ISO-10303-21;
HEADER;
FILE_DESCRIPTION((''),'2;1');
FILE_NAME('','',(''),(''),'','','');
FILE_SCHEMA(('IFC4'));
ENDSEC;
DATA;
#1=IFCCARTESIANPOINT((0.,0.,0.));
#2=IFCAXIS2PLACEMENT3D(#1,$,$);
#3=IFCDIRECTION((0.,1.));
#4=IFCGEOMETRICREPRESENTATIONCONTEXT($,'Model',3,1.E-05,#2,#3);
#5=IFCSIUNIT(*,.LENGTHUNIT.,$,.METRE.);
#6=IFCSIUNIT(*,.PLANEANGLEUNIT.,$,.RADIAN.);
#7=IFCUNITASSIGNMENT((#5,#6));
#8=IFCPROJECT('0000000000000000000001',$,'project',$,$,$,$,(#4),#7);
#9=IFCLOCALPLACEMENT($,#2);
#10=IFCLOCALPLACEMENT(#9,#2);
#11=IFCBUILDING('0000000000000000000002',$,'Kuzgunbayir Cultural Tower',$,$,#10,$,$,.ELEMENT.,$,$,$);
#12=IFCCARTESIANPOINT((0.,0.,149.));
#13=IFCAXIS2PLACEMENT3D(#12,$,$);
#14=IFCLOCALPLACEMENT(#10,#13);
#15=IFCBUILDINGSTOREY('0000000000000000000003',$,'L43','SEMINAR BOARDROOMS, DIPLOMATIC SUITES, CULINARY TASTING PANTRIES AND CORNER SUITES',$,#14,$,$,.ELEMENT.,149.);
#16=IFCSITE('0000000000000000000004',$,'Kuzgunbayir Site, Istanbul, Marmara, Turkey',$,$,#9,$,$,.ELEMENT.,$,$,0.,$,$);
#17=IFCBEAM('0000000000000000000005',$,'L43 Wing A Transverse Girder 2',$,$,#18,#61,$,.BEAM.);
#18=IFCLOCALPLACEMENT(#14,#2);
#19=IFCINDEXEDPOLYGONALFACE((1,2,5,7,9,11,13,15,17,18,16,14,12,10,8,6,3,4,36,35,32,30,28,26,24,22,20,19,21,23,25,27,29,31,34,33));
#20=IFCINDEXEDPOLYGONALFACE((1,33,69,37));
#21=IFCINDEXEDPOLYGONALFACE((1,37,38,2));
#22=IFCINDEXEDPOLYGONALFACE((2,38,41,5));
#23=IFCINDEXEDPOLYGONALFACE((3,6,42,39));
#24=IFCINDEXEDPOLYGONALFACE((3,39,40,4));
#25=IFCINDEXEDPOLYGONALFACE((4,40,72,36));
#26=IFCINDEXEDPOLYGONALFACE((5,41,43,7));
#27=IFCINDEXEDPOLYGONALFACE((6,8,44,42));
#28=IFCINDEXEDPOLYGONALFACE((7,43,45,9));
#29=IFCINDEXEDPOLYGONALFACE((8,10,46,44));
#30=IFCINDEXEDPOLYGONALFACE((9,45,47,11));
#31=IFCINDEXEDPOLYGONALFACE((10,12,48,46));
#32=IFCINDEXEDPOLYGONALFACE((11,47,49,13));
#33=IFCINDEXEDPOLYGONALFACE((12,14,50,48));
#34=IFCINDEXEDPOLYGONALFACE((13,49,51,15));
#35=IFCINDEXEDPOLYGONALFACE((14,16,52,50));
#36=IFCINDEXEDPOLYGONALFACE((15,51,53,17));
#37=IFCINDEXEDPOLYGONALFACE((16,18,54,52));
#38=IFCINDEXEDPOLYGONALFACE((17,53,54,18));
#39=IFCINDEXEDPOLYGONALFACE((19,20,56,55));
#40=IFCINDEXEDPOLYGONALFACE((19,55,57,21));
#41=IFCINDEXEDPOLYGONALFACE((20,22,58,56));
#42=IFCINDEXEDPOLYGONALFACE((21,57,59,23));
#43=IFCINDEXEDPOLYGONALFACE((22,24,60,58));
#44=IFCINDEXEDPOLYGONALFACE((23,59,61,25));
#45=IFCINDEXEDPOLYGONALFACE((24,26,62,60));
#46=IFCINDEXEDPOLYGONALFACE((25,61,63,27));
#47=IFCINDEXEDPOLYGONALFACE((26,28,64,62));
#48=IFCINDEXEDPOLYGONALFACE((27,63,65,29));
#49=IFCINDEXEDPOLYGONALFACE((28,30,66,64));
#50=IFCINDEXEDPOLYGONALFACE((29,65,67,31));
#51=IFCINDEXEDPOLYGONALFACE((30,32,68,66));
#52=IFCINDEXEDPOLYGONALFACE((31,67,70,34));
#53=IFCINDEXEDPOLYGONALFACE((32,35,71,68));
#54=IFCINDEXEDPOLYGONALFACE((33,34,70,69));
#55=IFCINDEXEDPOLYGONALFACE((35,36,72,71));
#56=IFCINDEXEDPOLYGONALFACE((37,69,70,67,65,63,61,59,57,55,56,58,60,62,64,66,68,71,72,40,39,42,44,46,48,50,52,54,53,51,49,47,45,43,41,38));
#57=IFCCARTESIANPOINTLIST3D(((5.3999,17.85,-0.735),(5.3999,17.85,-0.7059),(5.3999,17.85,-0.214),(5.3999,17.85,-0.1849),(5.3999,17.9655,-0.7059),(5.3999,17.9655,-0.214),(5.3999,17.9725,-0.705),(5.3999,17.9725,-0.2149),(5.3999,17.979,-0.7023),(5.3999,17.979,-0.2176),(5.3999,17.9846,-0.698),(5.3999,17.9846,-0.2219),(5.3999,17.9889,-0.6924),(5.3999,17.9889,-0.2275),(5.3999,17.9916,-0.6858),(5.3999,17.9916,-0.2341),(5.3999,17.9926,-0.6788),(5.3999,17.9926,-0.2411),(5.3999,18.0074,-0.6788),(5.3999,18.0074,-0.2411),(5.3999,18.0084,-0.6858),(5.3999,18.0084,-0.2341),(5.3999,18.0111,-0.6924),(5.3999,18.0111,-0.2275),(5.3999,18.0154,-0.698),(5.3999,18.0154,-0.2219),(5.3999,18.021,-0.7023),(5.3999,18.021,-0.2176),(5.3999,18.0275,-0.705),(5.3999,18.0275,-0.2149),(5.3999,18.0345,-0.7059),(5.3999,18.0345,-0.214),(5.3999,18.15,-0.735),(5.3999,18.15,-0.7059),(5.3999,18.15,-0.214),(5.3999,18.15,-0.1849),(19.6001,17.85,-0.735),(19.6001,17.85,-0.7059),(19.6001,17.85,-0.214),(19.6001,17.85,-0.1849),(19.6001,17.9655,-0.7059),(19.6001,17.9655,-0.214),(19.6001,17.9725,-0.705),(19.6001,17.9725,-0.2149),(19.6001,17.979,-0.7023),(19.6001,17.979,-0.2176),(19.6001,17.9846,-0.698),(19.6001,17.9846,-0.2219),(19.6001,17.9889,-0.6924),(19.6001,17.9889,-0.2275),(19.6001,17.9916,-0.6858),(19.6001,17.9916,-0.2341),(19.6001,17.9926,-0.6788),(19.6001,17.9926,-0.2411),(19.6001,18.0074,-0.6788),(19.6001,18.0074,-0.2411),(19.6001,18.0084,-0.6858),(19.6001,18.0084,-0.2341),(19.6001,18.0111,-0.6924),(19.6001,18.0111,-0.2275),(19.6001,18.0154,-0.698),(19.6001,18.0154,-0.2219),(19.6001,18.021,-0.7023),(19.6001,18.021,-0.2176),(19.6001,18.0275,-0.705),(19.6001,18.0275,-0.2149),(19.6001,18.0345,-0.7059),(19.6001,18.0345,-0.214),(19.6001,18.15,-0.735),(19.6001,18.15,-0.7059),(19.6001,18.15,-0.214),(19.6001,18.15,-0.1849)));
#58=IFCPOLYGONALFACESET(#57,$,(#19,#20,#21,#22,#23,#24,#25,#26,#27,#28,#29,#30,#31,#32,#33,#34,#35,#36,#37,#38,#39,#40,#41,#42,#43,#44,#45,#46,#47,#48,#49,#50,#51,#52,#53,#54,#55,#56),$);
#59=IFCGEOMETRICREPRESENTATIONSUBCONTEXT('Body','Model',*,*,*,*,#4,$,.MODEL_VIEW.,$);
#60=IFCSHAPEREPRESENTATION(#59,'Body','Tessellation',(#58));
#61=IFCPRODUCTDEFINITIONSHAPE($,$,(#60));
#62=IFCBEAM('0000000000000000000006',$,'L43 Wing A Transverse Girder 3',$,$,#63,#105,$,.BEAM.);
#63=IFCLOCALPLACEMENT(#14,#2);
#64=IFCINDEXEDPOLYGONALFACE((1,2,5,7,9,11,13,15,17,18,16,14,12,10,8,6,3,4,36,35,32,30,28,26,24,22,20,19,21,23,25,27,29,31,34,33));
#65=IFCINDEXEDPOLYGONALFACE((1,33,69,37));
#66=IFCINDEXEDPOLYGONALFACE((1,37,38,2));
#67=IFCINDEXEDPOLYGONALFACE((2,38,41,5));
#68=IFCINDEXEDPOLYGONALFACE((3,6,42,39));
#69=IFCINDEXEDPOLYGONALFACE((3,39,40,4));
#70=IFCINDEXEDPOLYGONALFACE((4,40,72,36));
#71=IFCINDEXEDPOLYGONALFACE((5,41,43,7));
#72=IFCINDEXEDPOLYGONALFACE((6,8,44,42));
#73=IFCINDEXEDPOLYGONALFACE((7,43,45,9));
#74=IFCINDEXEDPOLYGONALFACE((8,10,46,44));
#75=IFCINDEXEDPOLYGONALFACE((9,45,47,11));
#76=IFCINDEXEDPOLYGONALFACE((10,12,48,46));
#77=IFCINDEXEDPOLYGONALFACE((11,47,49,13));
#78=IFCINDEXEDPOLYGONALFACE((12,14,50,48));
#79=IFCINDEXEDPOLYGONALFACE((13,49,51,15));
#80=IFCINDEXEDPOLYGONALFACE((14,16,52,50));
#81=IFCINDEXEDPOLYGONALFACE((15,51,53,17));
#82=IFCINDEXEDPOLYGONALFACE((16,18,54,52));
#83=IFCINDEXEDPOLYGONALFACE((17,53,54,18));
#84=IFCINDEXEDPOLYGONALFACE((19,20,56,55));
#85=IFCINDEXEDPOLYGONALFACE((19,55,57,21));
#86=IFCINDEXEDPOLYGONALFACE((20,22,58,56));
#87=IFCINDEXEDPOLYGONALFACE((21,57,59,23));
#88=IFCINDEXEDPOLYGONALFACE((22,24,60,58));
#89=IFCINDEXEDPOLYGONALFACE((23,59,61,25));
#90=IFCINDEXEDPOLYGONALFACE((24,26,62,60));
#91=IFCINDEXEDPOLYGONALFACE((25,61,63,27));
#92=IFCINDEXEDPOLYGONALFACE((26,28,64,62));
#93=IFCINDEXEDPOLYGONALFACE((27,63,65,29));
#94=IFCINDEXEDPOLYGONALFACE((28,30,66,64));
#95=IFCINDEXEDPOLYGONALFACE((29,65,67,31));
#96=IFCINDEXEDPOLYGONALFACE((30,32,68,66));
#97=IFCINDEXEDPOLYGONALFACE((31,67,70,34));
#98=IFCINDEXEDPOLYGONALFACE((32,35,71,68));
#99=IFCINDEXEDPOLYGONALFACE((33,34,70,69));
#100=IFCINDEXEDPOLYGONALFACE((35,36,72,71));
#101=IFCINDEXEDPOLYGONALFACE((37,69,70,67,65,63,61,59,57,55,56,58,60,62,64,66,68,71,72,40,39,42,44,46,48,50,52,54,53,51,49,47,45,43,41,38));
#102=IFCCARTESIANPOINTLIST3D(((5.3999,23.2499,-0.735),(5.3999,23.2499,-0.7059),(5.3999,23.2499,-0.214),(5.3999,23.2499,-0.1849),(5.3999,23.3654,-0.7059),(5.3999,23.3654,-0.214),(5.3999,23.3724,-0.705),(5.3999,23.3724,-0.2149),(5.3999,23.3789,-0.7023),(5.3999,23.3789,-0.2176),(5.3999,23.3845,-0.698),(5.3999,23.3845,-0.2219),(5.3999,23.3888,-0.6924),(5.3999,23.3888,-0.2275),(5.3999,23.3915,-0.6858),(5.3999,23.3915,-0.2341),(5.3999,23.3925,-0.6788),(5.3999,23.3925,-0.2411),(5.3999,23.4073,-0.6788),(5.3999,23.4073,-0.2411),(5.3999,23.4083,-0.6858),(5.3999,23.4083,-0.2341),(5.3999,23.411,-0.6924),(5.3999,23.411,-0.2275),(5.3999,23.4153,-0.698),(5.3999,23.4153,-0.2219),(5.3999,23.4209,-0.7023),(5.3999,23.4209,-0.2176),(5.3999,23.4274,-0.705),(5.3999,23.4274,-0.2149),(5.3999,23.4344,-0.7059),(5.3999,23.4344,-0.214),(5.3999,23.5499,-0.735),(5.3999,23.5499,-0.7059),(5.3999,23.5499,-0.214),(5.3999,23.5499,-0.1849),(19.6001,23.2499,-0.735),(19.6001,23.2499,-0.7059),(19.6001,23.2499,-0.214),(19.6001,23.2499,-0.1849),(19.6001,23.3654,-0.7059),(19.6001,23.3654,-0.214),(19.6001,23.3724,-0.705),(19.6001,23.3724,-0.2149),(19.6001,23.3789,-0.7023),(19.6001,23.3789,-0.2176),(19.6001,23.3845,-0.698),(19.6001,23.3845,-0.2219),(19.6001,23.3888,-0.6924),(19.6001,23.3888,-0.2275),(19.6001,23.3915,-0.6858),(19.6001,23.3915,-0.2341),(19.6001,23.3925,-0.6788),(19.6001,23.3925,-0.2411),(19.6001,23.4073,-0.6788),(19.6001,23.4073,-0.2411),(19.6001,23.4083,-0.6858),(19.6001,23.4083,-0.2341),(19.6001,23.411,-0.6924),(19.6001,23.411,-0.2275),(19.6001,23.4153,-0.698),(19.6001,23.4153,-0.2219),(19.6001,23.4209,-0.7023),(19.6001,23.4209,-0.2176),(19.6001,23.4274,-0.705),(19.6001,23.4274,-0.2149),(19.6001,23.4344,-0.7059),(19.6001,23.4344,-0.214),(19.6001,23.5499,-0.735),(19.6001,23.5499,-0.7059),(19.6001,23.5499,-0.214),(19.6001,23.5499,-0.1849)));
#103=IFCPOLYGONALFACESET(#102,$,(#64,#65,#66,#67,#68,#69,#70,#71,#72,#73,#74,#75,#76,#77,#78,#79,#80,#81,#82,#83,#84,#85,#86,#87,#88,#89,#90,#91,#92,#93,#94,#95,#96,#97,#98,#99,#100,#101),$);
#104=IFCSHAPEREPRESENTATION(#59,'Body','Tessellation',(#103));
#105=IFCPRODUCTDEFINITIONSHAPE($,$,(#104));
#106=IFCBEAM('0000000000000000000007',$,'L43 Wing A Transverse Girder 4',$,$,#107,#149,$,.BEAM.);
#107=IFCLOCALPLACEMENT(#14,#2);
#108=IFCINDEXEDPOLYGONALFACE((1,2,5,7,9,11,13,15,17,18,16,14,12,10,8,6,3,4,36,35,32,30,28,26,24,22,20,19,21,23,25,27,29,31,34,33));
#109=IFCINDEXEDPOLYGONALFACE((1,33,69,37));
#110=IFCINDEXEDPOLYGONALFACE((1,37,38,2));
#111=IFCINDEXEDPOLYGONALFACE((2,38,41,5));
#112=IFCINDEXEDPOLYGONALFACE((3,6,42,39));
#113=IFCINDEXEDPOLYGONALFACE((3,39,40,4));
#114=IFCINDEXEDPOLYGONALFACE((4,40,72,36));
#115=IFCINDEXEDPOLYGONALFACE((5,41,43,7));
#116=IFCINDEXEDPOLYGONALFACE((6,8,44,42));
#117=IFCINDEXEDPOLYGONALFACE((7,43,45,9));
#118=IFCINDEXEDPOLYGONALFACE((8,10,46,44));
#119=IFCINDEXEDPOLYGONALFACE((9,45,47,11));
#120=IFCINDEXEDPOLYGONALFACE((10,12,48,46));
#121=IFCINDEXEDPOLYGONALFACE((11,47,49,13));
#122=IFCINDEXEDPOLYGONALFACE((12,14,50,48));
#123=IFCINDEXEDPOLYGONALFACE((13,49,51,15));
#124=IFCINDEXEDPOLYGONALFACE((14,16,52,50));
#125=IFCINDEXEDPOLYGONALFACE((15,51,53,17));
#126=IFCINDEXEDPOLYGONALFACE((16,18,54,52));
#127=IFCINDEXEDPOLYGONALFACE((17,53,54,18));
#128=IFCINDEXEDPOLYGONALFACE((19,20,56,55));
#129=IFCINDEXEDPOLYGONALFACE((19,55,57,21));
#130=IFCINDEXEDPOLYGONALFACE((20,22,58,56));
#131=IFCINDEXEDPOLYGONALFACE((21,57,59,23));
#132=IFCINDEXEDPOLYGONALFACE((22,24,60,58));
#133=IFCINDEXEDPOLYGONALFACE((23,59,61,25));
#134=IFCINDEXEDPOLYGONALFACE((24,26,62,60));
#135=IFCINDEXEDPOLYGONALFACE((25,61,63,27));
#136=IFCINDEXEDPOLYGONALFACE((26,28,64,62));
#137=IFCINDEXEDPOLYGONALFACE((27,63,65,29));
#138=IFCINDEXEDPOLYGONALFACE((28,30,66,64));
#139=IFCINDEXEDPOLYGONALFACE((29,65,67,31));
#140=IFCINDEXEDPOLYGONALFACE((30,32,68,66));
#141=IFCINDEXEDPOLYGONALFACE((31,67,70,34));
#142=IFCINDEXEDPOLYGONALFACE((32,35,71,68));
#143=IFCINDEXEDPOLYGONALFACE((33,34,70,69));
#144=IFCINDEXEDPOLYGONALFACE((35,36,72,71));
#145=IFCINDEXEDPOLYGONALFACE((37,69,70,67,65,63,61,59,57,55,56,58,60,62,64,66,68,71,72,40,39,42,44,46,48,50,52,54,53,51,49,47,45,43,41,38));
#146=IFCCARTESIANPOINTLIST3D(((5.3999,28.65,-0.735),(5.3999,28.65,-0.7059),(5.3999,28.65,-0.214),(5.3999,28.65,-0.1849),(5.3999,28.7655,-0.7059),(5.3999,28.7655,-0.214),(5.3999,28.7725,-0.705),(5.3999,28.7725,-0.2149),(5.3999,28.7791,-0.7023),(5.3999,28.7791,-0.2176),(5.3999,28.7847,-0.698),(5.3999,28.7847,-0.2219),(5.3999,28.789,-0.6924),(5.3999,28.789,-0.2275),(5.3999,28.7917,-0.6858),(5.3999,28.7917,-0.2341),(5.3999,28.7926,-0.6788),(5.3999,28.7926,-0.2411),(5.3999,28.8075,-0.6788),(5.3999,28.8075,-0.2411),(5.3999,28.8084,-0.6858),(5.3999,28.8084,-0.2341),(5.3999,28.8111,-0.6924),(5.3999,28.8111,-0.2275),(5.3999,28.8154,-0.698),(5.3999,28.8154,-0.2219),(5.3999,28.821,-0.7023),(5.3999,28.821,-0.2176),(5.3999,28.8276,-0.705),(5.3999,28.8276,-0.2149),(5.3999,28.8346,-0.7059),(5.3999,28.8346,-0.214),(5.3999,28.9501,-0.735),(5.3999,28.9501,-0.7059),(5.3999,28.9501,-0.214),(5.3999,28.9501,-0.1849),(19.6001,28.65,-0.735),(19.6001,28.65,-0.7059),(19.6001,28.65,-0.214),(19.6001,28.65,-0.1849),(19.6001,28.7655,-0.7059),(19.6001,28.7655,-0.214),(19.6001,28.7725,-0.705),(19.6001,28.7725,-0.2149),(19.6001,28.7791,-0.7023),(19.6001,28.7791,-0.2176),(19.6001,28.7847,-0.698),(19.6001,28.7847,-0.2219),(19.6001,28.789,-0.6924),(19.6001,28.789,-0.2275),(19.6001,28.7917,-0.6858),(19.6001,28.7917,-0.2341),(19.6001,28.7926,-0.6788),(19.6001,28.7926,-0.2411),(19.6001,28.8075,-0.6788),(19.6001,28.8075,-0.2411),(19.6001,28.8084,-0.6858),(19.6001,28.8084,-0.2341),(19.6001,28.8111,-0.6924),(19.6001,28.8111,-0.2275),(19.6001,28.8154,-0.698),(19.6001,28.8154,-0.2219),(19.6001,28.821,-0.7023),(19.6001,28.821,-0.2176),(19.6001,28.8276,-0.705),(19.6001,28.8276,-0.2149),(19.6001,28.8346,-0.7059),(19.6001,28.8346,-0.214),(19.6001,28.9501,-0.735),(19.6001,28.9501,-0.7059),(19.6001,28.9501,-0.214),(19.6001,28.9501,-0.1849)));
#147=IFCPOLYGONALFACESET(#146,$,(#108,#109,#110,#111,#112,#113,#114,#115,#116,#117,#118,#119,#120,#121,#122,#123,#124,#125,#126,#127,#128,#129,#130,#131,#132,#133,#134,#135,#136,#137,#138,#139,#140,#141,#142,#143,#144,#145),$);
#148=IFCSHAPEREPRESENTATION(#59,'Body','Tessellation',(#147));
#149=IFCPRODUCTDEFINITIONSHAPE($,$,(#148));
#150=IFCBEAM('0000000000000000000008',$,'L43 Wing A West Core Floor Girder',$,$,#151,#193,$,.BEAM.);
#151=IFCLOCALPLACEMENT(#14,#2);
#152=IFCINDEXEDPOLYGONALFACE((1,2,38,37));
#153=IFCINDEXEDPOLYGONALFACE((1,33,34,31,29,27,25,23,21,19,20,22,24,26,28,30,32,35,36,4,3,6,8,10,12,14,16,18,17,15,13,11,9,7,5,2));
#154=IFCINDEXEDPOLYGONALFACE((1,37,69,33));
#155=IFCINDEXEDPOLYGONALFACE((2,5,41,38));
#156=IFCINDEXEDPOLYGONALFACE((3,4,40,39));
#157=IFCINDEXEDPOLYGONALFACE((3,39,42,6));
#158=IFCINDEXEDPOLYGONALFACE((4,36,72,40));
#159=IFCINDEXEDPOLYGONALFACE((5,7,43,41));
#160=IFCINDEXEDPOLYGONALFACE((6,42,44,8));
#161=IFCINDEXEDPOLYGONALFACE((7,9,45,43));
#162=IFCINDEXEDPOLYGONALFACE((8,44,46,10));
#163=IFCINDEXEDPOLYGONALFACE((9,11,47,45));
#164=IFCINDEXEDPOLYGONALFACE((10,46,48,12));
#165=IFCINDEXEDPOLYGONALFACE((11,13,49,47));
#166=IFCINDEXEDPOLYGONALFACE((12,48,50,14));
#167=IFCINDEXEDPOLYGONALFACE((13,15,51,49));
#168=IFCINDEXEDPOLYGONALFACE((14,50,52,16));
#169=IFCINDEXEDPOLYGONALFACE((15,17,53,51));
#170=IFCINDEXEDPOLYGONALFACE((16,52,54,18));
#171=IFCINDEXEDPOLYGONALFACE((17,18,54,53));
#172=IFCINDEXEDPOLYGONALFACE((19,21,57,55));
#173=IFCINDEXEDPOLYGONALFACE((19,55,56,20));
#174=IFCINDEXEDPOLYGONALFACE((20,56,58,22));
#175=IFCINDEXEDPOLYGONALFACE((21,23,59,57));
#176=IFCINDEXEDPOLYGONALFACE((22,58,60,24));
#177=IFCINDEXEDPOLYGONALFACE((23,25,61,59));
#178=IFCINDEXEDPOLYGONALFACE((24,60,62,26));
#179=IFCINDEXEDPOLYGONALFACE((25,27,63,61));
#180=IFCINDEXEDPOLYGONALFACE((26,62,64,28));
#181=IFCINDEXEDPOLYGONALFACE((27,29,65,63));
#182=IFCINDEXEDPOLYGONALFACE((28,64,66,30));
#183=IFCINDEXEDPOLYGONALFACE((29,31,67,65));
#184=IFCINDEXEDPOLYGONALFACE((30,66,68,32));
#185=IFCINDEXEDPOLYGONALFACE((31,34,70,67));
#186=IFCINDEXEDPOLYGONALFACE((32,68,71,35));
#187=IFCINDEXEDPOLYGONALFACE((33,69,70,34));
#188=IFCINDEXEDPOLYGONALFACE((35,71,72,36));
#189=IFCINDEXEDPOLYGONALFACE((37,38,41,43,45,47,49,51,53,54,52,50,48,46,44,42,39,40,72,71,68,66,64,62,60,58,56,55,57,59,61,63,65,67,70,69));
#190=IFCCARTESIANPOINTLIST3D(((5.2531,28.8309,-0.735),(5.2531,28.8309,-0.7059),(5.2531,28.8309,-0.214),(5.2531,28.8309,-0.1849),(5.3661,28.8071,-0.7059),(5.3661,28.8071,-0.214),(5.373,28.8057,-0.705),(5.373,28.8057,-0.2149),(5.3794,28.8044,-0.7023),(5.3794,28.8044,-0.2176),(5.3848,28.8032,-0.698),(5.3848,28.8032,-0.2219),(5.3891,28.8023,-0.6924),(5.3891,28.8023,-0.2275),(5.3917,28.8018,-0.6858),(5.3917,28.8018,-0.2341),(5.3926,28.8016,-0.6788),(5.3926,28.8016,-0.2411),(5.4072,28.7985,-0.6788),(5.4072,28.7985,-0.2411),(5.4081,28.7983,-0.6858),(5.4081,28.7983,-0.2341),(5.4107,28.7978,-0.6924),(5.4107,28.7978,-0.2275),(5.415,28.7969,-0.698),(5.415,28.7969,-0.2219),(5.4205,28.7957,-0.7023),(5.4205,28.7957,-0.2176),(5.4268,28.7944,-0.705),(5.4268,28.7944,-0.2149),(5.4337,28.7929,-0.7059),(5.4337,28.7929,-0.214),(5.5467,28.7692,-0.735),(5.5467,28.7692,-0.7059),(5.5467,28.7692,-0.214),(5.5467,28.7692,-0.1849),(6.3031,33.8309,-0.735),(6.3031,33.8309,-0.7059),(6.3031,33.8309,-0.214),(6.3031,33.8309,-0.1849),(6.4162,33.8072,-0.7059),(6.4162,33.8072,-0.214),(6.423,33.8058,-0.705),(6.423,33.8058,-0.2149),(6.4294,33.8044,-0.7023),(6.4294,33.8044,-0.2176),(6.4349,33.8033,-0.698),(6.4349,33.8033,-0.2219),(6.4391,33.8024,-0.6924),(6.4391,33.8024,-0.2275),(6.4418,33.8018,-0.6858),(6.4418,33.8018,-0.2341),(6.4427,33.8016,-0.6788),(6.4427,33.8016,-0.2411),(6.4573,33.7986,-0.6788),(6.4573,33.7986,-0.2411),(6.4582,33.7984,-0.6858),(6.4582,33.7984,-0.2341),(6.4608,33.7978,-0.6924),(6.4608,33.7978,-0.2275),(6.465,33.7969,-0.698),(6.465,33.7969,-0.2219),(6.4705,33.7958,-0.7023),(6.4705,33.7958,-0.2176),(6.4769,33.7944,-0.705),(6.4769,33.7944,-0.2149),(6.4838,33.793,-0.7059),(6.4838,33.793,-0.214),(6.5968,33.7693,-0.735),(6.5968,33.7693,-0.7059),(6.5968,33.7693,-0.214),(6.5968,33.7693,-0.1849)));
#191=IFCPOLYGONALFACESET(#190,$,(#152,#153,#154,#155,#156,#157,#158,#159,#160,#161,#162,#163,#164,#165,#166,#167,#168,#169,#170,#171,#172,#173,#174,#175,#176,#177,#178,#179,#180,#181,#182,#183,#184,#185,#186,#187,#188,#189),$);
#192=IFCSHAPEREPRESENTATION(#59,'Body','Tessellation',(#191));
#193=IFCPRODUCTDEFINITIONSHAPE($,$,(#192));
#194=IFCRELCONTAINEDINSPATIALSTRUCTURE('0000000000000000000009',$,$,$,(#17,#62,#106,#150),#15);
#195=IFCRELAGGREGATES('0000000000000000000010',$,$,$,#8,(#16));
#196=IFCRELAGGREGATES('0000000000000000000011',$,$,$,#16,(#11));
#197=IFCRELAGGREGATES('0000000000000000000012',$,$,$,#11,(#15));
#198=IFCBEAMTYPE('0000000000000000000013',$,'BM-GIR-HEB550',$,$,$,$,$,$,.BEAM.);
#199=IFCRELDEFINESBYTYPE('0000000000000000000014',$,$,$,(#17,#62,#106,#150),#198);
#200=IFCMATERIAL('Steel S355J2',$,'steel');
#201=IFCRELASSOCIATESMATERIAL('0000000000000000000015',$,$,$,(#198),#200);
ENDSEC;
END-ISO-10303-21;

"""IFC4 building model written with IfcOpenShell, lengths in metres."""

from ifc_helpers import new_model, si_unit, direction, frame, origin, origin_2d, place, context, subcontext, project, spatial, i_section, extrude, material, material_profile, profile_set, type_object, element, save


model = new_model("IFC4")

# Units and contexts
model_context = context("Model", 3, precision=1e-05, world=origin(), true_north=direction((0.0, 1.0)))
body_context = subcontext(model_context, "Body", "Model", "MODEL_VIEW")
ifc_project = project(units=[si_unit("LENGTHUNIT", "METRE"), si_unit("PLANEANGLEUNIT", "RADIAN")], contexts=[model_context])

# Site, building, storey
site_placement = place(None, origin())
site = spatial("IfcSite", under=ifc_project, at=site_placement, Name="Kuzgunbayir Site, Istanbul, Marmara, Turkey", CompositionType="ELEMENT", RefElevation=0.0)
building_placement = place(site_placement, origin())
building = spatial("IfcBuilding", under=site, at=building_placement, Name="Kuzgunbayir Cultural Tower", CompositionType="ELEMENT")
storey_placement = place(building_placement, frame((0.0, 0.0, 149.0)))
storey = spatial("IfcBuildingStorey", under=building, at=storey_placement, Name="L43", Description="SEMINAR BOARDROOMS, DIPLOMATIC SUITES, CULINARY TASTING PANTRIES AND CORNER SUITES", CompositionType="ELEMENT", Elevation=149.0)

# Beams
ifc_material_1 = material(Name="Steel S355J2", Category="steel")
ifc_material_profile_1 = material_profile(ifc_material_1, i_section(OverallWidth=0.3, OverallDepth=0.55, WebThickness=0.0149, FlangeThickness=0.0291, FilletRadius=0.0271, at=origin_2d()), Name="HEB 550")
ifc_profile_set_1 = profile_set([ifc_material_profile_1], Name="Steel S355J2")
beam_type_1 = type_object("IfcBeamType", Name="BM-GIR-HEB550", PredefinedType="BEAM", material=ifc_profile_set_1)
for number, where, z_axis, x_axis, name in (
    (1, (5.3999, 18.0, -0.46), (1.0, 0.0, 0.0), (0.0, 1.0, 0.0), "L43 Wing A Transverse Girder 2"),
    (2, (5.3999, 23.3999, -0.46), (1.0, 0.0, 0.0), (0.0, 1.0, 0.0), "L43 Wing A Transverse Girder 3"),
    (3, (5.3999, 28.8, -0.46), (1.0, 0.0, 0.0), (0.0, 1.0, 0.0), "L43 Wing A Transverse Girder 4"),
):
    element("IfcBeam", number, at=place(storey_placement, frame(where, z_axis=z_axis, x_axis=x_axis)), inside=storey, type_object=beam_type_1, Name=name, PredefinedType="BEAM", context=body_context, shape_type="SweptSolid", body=[
        extrude(i_section(OverallWidth=0.3, OverallDepth=0.55, WebThickness=0.0149, FlangeThickness=0.0291, FilletRadius=0.0271, at=origin_2d()), origin(), (0.0, 0.0, 1.0), 14.2002),
    ])
beam_1_placement = place(storey_placement, frame((5.3999, 28.8, -0.46), z_axis=(0.205526, 0.978652, 0.0), x_axis=(-0.978652, 0.205526, 0.0)))
element("IfcBeam", 4, at=beam_1_placement, inside=storey, type_object=beam_type_1, Name="L43 Wing A West Core Floor Girder", PredefinedType="BEAM", context=body_context, shape_type="SweptSolid", body=[
    extrude(i_section(OverallWidth=0.3, OverallDepth=0.55, WebThickness=0.0149, FlangeThickness=0.0291, FilletRadius=0.0271, at=origin_2d()), origin(), (0.0, 0.0, 1.0), 5.1091),
])

save(model, "model.ifc")
